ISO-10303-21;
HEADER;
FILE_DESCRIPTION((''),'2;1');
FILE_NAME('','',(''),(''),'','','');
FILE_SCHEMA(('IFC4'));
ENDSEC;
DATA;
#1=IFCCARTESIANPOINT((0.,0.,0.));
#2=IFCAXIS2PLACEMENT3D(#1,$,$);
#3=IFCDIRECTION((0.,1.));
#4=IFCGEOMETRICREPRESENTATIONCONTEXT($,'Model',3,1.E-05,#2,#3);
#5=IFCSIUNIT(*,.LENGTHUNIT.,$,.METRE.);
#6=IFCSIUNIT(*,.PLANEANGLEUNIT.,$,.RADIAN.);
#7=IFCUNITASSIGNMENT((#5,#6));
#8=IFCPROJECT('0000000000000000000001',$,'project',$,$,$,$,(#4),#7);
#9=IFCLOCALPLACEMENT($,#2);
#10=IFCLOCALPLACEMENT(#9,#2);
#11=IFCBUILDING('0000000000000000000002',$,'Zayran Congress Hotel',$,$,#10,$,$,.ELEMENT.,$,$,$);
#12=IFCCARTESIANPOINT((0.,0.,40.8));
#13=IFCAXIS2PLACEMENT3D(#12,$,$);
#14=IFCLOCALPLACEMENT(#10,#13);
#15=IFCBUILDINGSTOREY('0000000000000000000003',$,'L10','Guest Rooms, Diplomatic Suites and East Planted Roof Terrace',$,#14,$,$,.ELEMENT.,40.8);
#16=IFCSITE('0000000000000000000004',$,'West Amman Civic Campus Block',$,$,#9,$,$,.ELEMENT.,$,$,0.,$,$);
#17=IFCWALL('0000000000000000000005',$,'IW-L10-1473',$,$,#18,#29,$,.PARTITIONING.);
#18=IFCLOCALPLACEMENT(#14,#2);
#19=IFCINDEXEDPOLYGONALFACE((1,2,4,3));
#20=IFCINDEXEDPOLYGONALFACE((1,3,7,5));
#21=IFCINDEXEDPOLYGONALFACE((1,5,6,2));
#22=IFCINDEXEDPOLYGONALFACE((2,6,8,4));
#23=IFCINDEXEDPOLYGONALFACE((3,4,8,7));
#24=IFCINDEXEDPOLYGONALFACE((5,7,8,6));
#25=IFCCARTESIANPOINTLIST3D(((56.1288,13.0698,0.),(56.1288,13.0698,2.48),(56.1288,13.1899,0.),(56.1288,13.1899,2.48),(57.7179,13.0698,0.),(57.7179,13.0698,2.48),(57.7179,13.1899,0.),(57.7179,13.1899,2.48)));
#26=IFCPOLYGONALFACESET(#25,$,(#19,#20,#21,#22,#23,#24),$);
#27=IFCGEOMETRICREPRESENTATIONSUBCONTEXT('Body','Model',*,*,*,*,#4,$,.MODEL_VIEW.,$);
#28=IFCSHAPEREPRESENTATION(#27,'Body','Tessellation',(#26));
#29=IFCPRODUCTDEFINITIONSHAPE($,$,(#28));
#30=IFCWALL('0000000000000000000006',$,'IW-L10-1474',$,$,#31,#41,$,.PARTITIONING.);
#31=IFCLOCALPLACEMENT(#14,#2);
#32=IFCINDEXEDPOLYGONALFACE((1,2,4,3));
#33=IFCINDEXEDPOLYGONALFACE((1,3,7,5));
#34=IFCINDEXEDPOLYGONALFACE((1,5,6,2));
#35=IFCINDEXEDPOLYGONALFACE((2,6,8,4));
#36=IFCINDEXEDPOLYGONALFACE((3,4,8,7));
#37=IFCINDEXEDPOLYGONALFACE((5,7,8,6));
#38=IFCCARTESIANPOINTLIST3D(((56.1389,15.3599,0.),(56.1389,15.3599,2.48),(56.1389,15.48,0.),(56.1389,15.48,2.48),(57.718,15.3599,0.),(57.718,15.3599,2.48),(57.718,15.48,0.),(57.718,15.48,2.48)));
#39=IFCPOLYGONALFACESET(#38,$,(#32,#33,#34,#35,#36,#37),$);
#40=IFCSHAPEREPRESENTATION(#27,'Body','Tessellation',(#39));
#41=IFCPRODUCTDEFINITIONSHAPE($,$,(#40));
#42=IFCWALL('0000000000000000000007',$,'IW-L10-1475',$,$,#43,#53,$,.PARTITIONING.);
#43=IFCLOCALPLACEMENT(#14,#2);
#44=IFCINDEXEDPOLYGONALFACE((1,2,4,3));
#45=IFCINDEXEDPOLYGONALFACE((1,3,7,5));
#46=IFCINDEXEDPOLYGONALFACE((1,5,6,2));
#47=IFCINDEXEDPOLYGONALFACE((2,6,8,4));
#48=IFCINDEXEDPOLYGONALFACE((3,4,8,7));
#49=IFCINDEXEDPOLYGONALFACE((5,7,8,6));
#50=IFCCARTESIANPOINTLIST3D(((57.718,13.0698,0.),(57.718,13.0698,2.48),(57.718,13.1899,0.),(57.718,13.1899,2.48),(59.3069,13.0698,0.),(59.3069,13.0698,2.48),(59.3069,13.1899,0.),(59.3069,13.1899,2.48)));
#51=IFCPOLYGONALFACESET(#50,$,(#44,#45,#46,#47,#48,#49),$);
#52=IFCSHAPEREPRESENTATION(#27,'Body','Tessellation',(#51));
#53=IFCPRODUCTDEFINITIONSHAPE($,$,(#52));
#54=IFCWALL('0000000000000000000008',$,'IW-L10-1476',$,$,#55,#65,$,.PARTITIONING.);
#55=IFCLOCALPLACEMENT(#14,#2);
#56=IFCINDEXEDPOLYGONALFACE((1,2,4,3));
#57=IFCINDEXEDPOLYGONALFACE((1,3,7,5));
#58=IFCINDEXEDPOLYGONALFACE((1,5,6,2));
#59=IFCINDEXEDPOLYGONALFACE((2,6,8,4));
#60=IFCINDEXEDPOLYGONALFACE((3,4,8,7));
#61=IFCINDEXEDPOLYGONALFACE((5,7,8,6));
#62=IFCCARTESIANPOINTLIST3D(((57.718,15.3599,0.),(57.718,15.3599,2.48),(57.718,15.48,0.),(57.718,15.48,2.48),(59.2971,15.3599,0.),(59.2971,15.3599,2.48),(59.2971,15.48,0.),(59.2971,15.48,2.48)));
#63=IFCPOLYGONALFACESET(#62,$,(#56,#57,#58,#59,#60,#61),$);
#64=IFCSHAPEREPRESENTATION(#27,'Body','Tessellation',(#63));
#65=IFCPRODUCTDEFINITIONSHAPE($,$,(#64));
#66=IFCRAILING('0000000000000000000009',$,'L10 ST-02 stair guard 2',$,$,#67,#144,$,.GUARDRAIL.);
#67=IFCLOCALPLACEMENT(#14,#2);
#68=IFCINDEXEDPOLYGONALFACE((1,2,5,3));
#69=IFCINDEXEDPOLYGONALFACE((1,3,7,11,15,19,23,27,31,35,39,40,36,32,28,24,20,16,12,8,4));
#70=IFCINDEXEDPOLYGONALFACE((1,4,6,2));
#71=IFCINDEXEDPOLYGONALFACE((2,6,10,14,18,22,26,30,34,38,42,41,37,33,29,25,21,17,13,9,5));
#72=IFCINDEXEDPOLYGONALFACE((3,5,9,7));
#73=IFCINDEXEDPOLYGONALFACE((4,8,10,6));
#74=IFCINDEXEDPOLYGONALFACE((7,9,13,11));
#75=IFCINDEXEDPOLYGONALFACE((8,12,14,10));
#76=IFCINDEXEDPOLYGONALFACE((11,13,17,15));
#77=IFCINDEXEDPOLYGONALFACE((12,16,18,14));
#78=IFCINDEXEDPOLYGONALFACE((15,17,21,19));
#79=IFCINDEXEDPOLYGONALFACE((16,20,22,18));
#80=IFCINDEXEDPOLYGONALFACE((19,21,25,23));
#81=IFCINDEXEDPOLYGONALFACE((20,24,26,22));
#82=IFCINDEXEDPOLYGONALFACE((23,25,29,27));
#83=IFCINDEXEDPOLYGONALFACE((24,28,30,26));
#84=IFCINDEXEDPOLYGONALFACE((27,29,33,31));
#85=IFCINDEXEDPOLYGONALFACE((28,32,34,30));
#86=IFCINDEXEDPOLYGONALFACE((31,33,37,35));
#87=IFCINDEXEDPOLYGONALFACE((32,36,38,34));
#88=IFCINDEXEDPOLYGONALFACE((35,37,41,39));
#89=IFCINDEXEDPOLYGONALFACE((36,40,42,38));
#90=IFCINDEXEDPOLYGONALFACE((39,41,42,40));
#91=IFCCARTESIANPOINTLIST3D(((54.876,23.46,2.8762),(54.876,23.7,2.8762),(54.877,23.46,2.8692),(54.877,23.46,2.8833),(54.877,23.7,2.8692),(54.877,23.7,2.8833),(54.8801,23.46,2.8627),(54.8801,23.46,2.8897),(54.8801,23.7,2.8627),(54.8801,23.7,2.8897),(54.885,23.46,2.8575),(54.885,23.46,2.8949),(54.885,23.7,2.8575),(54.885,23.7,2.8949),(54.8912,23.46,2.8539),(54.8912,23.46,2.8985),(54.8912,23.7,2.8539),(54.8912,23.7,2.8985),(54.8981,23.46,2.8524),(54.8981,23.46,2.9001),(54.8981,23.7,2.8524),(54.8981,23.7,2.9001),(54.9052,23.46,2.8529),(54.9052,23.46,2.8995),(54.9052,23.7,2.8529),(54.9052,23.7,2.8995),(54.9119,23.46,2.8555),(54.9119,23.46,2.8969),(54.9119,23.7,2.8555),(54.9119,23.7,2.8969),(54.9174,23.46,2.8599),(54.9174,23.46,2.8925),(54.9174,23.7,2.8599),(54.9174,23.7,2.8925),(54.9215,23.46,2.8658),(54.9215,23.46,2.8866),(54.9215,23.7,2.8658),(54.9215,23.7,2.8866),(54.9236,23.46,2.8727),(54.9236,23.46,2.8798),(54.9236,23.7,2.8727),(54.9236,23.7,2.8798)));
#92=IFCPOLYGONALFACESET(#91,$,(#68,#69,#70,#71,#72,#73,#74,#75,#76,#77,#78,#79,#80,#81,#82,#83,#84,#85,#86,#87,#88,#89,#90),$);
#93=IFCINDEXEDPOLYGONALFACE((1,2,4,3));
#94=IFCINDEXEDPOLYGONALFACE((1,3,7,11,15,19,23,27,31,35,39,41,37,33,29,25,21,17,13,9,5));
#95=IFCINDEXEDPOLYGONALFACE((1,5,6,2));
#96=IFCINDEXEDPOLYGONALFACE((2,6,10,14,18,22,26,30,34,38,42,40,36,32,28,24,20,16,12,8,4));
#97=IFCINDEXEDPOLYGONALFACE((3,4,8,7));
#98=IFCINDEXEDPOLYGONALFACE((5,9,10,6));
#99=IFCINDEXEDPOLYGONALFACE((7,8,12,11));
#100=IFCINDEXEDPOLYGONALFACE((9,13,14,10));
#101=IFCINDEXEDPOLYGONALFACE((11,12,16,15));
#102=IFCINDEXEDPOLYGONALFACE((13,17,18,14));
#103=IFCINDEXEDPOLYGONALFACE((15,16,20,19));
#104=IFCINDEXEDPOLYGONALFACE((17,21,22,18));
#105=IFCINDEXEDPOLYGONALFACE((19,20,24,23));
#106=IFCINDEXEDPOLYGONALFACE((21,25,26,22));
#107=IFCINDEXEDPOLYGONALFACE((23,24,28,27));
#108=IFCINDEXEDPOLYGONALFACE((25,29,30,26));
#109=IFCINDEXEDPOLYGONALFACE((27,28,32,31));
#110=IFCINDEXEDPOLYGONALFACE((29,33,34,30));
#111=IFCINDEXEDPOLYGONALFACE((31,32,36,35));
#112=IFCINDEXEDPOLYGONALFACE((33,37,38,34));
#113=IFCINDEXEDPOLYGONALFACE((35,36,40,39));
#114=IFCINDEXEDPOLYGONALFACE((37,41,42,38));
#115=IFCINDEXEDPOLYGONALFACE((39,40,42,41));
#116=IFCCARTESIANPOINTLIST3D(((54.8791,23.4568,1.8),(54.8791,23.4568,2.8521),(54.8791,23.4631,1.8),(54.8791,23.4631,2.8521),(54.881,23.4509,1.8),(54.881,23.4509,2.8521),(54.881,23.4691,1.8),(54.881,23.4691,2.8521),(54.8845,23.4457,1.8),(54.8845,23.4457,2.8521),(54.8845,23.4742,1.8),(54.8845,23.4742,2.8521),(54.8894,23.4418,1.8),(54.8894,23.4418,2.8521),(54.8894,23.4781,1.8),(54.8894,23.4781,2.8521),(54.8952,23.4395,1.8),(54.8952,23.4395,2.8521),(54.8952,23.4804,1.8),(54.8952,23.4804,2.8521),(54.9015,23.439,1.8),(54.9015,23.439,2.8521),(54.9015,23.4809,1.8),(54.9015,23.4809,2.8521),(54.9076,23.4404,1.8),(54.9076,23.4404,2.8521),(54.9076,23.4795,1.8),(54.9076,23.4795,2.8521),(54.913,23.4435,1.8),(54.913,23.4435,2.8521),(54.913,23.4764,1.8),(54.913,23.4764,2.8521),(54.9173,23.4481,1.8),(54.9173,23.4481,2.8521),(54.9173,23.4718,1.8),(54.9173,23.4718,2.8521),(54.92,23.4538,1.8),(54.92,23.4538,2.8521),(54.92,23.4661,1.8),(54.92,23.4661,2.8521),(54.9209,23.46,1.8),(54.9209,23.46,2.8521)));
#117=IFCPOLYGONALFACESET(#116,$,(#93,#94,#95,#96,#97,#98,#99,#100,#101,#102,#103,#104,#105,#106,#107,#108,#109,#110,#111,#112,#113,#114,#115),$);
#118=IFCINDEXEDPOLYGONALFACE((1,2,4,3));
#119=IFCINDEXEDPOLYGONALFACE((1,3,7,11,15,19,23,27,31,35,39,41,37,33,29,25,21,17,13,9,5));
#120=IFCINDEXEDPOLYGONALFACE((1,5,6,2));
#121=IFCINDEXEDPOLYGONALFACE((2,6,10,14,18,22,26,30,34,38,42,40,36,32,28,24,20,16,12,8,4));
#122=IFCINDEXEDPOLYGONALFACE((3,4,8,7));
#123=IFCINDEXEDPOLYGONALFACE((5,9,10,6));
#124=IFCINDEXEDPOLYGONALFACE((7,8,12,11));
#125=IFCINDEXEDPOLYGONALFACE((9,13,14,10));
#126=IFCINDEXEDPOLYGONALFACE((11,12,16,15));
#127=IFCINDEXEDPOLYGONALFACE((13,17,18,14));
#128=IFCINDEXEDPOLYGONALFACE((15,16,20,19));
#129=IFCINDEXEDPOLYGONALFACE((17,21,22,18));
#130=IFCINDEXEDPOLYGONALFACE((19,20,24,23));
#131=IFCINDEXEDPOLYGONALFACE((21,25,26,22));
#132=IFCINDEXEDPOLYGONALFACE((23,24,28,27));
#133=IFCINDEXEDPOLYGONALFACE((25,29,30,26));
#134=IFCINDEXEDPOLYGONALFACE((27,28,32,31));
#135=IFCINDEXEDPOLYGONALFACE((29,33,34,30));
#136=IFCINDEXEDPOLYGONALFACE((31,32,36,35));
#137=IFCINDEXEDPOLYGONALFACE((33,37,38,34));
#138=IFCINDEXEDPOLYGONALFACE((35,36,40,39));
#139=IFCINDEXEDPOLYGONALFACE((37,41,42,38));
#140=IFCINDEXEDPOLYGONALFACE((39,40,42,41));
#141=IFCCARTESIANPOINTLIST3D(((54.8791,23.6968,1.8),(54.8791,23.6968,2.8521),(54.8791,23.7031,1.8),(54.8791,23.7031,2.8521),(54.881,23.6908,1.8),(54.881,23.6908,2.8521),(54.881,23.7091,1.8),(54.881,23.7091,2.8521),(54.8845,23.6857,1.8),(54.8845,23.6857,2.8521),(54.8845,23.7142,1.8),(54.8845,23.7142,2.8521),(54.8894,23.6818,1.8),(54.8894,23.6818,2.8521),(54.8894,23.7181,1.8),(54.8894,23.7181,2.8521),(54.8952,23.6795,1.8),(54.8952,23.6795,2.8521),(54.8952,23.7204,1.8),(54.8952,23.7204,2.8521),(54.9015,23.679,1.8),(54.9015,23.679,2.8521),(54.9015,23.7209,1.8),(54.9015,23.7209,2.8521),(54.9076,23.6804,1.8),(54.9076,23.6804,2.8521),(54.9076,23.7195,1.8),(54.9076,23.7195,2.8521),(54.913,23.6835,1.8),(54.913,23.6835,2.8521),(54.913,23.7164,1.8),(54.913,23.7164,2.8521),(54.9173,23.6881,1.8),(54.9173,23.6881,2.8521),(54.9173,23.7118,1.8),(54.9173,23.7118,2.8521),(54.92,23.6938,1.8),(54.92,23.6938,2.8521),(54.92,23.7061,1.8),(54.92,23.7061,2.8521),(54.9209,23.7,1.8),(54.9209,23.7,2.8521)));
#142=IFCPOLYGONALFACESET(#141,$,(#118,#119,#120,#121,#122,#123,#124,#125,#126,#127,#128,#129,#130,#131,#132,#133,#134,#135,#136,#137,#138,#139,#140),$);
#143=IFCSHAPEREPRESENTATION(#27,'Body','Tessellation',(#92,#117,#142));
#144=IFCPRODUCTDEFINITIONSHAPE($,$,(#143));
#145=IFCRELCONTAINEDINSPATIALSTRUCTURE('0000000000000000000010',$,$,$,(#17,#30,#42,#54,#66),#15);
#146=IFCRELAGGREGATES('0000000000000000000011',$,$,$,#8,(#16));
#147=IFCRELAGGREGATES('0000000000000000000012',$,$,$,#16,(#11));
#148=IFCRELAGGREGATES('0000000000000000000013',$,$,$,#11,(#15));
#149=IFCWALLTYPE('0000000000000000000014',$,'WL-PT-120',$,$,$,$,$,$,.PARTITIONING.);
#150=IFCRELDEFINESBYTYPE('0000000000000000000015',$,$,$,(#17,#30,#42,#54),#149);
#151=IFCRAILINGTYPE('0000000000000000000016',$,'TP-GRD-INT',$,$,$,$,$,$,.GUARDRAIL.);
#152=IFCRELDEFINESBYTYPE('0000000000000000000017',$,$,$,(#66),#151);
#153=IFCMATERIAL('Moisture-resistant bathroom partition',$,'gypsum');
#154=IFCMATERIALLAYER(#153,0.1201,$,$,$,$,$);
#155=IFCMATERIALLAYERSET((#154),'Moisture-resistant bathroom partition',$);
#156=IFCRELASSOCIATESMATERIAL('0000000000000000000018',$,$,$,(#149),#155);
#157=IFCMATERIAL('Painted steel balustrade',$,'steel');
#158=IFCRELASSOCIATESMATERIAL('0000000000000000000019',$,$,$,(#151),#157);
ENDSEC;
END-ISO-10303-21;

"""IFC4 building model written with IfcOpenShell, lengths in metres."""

from ifc_helpers import new_model, si_unit, direction, frame, frame_2d, origin, origin_2d, place, context, subcontext, project, spatial, rectangle, circle, extrude, material, layer, layer_set, type_object, element, save


model = new_model("IFC4")

# Units and contexts
model_context = context("Model", 3, precision=1e-05, world=origin(), true_north=direction((0.0, 1.0)))
body_context = subcontext(model_context, "Body", "Model", "MODEL_VIEW")
ifc_project = project(units=[si_unit("LENGTHUNIT", "METRE"), si_unit("PLANEANGLEUNIT", "RADIAN")], contexts=[model_context])

# Site, building, storey
site_placement = place(None, origin())
site = spatial("IfcSite", under=ifc_project, at=site_placement, Name="West Amman Civic Campus Block", CompositionType="ELEMENT", RefElevation=0.0)
building_placement = place(site_placement, origin())
building = spatial("IfcBuilding", under=site, at=building_placement, Name="Zayran Congress Hotel", CompositionType="ELEMENT")
storey_placement = place(building_placement, frame((0.0, 0.0, 40.8)))
storey = spatial("IfcBuildingStorey", under=building, at=storey_placement, Name="L10", Description="Guest Rooms, Diplomatic Suites and East Planted Roof Terrace", CompositionType="ELEMENT", Elevation=40.8)

# Shared definitions
ifc_material_1 = material(Name="Moisture-resistant bathroom partition", Category="gypsum")
ifc_layer_1 = layer(ifc_material_1, 0.1201)
ifc_layer_set_1 = layer_set([ifc_layer_1], Name="Moisture-resistant bathroom partition")
wall_type_1 = type_object("IfcWallType", Name="WL-PT-120", PredefinedType="PARTITIONING", material=ifc_layer_set_1)

# Walls
wall_1_placement = place(storey_placement, frame((56.1289, 13.1299, 0.0), z_axis=(0.0, 0.0, 1.0), x_axis=(1.0, 0.0, 0.0)))
element("IfcWall", 1, at=wall_1_placement, inside=storey, type_object=wall_type_1, Name="IW-L10-1473", PredefinedType="PARTITIONING", context=body_context, shape_type="SweptSolid", body=[
    extrude(rectangle(XDim=1.5891, YDim=0.1201, at=frame_2d((0.7944, 0.0))), origin(), (0.0, 0.0, 1.0), 2.48),
])
wall_2_placement = place(storey_placement, frame((56.1389, 15.4199, 0.0), z_axis=(0.0, 0.0, 1.0), x_axis=(1.0, 0.0, 0.0)))
element("IfcWall", 2, at=wall_2_placement, inside=storey, type_object=wall_type_1, Name="IW-L10-1474", PredefinedType="PARTITIONING", context=body_context, shape_type="SweptSolid", body=[
    extrude(rectangle(XDim=1.5791, YDim=0.1201, at=frame_2d((0.7896, 0.0))), origin(), (0.0, 0.0, 1.0), 2.48),
])
wall_3_placement = place(storey_placement, frame((57.718, 13.1299, 0.0), z_axis=(0.0, 0.0, 1.0), x_axis=(1.0, 0.0, 0.0)))
element("IfcWall", 3, at=wall_3_placement, inside=storey, type_object=wall_type_1, Name="IW-L10-1475", PredefinedType="PARTITIONING", context=body_context, shape_type="SweptSolid", body=[
    extrude(rectangle(XDim=1.5889, YDim=0.1201, at=frame_2d((0.7944, 0.0))), origin(), (0.0, 0.0, 1.0), 2.48),
])
wall_4_placement = place(storey_placement, frame((57.718, 15.4199, 0.0), z_axis=(0.0, 0.0, 1.0), x_axis=(1.0, 0.0, 0.0)))
element("IfcWall", 4, at=wall_4_placement, inside=storey, type_object=wall_type_1, Name="IW-L10-1476", PredefinedType="PARTITIONING", context=body_context, shape_type="SweptSolid", body=[
    extrude(rectangle(XDim=1.5791, YDim=0.1201, at=frame_2d((0.7896, 0.0))), origin(), (0.0, 0.0, 1.0), 2.48),
])

# Railing
ifc_material_2 = material(Name="Painted steel balustrade", Category="steel")
railing_type = type_object("IfcRailingType", Name="TP-GRD-INT", PredefinedType="GUARDRAIL", material=ifc_material_2)
railing_placement = place(storey_placement, frame((54.8999, 23.46, 1.8)))
element("IfcRailing", 5, at=railing_placement, inside=storey, type_object=railing_type, Name="L10 ST-02 stair guard 2", PredefinedType="GUARDRAIL", context=body_context, shape_type="SweptSolid", body=[
    extrude(circle(Radius=0.0239, at=origin_2d()), frame((0.0, 0.0, 1.0762), z_axis=(0.0, 1.0, 0.0), x_axis=(-1.0, 0.0, 0.0)), (0.0, 0.0, 1.0), 0.24),
    extrude(circle(Radius=0.021, at=origin_2d()), origin(), (0.0, 0.0, 1.0), 1.052),
    extrude(circle(Radius=0.021, at=origin_2d()), frame((0.0, 0.24, 0.0)), (0.0, 0.0, 1.0), 1.052),
])

save(model, "model.ifc")
